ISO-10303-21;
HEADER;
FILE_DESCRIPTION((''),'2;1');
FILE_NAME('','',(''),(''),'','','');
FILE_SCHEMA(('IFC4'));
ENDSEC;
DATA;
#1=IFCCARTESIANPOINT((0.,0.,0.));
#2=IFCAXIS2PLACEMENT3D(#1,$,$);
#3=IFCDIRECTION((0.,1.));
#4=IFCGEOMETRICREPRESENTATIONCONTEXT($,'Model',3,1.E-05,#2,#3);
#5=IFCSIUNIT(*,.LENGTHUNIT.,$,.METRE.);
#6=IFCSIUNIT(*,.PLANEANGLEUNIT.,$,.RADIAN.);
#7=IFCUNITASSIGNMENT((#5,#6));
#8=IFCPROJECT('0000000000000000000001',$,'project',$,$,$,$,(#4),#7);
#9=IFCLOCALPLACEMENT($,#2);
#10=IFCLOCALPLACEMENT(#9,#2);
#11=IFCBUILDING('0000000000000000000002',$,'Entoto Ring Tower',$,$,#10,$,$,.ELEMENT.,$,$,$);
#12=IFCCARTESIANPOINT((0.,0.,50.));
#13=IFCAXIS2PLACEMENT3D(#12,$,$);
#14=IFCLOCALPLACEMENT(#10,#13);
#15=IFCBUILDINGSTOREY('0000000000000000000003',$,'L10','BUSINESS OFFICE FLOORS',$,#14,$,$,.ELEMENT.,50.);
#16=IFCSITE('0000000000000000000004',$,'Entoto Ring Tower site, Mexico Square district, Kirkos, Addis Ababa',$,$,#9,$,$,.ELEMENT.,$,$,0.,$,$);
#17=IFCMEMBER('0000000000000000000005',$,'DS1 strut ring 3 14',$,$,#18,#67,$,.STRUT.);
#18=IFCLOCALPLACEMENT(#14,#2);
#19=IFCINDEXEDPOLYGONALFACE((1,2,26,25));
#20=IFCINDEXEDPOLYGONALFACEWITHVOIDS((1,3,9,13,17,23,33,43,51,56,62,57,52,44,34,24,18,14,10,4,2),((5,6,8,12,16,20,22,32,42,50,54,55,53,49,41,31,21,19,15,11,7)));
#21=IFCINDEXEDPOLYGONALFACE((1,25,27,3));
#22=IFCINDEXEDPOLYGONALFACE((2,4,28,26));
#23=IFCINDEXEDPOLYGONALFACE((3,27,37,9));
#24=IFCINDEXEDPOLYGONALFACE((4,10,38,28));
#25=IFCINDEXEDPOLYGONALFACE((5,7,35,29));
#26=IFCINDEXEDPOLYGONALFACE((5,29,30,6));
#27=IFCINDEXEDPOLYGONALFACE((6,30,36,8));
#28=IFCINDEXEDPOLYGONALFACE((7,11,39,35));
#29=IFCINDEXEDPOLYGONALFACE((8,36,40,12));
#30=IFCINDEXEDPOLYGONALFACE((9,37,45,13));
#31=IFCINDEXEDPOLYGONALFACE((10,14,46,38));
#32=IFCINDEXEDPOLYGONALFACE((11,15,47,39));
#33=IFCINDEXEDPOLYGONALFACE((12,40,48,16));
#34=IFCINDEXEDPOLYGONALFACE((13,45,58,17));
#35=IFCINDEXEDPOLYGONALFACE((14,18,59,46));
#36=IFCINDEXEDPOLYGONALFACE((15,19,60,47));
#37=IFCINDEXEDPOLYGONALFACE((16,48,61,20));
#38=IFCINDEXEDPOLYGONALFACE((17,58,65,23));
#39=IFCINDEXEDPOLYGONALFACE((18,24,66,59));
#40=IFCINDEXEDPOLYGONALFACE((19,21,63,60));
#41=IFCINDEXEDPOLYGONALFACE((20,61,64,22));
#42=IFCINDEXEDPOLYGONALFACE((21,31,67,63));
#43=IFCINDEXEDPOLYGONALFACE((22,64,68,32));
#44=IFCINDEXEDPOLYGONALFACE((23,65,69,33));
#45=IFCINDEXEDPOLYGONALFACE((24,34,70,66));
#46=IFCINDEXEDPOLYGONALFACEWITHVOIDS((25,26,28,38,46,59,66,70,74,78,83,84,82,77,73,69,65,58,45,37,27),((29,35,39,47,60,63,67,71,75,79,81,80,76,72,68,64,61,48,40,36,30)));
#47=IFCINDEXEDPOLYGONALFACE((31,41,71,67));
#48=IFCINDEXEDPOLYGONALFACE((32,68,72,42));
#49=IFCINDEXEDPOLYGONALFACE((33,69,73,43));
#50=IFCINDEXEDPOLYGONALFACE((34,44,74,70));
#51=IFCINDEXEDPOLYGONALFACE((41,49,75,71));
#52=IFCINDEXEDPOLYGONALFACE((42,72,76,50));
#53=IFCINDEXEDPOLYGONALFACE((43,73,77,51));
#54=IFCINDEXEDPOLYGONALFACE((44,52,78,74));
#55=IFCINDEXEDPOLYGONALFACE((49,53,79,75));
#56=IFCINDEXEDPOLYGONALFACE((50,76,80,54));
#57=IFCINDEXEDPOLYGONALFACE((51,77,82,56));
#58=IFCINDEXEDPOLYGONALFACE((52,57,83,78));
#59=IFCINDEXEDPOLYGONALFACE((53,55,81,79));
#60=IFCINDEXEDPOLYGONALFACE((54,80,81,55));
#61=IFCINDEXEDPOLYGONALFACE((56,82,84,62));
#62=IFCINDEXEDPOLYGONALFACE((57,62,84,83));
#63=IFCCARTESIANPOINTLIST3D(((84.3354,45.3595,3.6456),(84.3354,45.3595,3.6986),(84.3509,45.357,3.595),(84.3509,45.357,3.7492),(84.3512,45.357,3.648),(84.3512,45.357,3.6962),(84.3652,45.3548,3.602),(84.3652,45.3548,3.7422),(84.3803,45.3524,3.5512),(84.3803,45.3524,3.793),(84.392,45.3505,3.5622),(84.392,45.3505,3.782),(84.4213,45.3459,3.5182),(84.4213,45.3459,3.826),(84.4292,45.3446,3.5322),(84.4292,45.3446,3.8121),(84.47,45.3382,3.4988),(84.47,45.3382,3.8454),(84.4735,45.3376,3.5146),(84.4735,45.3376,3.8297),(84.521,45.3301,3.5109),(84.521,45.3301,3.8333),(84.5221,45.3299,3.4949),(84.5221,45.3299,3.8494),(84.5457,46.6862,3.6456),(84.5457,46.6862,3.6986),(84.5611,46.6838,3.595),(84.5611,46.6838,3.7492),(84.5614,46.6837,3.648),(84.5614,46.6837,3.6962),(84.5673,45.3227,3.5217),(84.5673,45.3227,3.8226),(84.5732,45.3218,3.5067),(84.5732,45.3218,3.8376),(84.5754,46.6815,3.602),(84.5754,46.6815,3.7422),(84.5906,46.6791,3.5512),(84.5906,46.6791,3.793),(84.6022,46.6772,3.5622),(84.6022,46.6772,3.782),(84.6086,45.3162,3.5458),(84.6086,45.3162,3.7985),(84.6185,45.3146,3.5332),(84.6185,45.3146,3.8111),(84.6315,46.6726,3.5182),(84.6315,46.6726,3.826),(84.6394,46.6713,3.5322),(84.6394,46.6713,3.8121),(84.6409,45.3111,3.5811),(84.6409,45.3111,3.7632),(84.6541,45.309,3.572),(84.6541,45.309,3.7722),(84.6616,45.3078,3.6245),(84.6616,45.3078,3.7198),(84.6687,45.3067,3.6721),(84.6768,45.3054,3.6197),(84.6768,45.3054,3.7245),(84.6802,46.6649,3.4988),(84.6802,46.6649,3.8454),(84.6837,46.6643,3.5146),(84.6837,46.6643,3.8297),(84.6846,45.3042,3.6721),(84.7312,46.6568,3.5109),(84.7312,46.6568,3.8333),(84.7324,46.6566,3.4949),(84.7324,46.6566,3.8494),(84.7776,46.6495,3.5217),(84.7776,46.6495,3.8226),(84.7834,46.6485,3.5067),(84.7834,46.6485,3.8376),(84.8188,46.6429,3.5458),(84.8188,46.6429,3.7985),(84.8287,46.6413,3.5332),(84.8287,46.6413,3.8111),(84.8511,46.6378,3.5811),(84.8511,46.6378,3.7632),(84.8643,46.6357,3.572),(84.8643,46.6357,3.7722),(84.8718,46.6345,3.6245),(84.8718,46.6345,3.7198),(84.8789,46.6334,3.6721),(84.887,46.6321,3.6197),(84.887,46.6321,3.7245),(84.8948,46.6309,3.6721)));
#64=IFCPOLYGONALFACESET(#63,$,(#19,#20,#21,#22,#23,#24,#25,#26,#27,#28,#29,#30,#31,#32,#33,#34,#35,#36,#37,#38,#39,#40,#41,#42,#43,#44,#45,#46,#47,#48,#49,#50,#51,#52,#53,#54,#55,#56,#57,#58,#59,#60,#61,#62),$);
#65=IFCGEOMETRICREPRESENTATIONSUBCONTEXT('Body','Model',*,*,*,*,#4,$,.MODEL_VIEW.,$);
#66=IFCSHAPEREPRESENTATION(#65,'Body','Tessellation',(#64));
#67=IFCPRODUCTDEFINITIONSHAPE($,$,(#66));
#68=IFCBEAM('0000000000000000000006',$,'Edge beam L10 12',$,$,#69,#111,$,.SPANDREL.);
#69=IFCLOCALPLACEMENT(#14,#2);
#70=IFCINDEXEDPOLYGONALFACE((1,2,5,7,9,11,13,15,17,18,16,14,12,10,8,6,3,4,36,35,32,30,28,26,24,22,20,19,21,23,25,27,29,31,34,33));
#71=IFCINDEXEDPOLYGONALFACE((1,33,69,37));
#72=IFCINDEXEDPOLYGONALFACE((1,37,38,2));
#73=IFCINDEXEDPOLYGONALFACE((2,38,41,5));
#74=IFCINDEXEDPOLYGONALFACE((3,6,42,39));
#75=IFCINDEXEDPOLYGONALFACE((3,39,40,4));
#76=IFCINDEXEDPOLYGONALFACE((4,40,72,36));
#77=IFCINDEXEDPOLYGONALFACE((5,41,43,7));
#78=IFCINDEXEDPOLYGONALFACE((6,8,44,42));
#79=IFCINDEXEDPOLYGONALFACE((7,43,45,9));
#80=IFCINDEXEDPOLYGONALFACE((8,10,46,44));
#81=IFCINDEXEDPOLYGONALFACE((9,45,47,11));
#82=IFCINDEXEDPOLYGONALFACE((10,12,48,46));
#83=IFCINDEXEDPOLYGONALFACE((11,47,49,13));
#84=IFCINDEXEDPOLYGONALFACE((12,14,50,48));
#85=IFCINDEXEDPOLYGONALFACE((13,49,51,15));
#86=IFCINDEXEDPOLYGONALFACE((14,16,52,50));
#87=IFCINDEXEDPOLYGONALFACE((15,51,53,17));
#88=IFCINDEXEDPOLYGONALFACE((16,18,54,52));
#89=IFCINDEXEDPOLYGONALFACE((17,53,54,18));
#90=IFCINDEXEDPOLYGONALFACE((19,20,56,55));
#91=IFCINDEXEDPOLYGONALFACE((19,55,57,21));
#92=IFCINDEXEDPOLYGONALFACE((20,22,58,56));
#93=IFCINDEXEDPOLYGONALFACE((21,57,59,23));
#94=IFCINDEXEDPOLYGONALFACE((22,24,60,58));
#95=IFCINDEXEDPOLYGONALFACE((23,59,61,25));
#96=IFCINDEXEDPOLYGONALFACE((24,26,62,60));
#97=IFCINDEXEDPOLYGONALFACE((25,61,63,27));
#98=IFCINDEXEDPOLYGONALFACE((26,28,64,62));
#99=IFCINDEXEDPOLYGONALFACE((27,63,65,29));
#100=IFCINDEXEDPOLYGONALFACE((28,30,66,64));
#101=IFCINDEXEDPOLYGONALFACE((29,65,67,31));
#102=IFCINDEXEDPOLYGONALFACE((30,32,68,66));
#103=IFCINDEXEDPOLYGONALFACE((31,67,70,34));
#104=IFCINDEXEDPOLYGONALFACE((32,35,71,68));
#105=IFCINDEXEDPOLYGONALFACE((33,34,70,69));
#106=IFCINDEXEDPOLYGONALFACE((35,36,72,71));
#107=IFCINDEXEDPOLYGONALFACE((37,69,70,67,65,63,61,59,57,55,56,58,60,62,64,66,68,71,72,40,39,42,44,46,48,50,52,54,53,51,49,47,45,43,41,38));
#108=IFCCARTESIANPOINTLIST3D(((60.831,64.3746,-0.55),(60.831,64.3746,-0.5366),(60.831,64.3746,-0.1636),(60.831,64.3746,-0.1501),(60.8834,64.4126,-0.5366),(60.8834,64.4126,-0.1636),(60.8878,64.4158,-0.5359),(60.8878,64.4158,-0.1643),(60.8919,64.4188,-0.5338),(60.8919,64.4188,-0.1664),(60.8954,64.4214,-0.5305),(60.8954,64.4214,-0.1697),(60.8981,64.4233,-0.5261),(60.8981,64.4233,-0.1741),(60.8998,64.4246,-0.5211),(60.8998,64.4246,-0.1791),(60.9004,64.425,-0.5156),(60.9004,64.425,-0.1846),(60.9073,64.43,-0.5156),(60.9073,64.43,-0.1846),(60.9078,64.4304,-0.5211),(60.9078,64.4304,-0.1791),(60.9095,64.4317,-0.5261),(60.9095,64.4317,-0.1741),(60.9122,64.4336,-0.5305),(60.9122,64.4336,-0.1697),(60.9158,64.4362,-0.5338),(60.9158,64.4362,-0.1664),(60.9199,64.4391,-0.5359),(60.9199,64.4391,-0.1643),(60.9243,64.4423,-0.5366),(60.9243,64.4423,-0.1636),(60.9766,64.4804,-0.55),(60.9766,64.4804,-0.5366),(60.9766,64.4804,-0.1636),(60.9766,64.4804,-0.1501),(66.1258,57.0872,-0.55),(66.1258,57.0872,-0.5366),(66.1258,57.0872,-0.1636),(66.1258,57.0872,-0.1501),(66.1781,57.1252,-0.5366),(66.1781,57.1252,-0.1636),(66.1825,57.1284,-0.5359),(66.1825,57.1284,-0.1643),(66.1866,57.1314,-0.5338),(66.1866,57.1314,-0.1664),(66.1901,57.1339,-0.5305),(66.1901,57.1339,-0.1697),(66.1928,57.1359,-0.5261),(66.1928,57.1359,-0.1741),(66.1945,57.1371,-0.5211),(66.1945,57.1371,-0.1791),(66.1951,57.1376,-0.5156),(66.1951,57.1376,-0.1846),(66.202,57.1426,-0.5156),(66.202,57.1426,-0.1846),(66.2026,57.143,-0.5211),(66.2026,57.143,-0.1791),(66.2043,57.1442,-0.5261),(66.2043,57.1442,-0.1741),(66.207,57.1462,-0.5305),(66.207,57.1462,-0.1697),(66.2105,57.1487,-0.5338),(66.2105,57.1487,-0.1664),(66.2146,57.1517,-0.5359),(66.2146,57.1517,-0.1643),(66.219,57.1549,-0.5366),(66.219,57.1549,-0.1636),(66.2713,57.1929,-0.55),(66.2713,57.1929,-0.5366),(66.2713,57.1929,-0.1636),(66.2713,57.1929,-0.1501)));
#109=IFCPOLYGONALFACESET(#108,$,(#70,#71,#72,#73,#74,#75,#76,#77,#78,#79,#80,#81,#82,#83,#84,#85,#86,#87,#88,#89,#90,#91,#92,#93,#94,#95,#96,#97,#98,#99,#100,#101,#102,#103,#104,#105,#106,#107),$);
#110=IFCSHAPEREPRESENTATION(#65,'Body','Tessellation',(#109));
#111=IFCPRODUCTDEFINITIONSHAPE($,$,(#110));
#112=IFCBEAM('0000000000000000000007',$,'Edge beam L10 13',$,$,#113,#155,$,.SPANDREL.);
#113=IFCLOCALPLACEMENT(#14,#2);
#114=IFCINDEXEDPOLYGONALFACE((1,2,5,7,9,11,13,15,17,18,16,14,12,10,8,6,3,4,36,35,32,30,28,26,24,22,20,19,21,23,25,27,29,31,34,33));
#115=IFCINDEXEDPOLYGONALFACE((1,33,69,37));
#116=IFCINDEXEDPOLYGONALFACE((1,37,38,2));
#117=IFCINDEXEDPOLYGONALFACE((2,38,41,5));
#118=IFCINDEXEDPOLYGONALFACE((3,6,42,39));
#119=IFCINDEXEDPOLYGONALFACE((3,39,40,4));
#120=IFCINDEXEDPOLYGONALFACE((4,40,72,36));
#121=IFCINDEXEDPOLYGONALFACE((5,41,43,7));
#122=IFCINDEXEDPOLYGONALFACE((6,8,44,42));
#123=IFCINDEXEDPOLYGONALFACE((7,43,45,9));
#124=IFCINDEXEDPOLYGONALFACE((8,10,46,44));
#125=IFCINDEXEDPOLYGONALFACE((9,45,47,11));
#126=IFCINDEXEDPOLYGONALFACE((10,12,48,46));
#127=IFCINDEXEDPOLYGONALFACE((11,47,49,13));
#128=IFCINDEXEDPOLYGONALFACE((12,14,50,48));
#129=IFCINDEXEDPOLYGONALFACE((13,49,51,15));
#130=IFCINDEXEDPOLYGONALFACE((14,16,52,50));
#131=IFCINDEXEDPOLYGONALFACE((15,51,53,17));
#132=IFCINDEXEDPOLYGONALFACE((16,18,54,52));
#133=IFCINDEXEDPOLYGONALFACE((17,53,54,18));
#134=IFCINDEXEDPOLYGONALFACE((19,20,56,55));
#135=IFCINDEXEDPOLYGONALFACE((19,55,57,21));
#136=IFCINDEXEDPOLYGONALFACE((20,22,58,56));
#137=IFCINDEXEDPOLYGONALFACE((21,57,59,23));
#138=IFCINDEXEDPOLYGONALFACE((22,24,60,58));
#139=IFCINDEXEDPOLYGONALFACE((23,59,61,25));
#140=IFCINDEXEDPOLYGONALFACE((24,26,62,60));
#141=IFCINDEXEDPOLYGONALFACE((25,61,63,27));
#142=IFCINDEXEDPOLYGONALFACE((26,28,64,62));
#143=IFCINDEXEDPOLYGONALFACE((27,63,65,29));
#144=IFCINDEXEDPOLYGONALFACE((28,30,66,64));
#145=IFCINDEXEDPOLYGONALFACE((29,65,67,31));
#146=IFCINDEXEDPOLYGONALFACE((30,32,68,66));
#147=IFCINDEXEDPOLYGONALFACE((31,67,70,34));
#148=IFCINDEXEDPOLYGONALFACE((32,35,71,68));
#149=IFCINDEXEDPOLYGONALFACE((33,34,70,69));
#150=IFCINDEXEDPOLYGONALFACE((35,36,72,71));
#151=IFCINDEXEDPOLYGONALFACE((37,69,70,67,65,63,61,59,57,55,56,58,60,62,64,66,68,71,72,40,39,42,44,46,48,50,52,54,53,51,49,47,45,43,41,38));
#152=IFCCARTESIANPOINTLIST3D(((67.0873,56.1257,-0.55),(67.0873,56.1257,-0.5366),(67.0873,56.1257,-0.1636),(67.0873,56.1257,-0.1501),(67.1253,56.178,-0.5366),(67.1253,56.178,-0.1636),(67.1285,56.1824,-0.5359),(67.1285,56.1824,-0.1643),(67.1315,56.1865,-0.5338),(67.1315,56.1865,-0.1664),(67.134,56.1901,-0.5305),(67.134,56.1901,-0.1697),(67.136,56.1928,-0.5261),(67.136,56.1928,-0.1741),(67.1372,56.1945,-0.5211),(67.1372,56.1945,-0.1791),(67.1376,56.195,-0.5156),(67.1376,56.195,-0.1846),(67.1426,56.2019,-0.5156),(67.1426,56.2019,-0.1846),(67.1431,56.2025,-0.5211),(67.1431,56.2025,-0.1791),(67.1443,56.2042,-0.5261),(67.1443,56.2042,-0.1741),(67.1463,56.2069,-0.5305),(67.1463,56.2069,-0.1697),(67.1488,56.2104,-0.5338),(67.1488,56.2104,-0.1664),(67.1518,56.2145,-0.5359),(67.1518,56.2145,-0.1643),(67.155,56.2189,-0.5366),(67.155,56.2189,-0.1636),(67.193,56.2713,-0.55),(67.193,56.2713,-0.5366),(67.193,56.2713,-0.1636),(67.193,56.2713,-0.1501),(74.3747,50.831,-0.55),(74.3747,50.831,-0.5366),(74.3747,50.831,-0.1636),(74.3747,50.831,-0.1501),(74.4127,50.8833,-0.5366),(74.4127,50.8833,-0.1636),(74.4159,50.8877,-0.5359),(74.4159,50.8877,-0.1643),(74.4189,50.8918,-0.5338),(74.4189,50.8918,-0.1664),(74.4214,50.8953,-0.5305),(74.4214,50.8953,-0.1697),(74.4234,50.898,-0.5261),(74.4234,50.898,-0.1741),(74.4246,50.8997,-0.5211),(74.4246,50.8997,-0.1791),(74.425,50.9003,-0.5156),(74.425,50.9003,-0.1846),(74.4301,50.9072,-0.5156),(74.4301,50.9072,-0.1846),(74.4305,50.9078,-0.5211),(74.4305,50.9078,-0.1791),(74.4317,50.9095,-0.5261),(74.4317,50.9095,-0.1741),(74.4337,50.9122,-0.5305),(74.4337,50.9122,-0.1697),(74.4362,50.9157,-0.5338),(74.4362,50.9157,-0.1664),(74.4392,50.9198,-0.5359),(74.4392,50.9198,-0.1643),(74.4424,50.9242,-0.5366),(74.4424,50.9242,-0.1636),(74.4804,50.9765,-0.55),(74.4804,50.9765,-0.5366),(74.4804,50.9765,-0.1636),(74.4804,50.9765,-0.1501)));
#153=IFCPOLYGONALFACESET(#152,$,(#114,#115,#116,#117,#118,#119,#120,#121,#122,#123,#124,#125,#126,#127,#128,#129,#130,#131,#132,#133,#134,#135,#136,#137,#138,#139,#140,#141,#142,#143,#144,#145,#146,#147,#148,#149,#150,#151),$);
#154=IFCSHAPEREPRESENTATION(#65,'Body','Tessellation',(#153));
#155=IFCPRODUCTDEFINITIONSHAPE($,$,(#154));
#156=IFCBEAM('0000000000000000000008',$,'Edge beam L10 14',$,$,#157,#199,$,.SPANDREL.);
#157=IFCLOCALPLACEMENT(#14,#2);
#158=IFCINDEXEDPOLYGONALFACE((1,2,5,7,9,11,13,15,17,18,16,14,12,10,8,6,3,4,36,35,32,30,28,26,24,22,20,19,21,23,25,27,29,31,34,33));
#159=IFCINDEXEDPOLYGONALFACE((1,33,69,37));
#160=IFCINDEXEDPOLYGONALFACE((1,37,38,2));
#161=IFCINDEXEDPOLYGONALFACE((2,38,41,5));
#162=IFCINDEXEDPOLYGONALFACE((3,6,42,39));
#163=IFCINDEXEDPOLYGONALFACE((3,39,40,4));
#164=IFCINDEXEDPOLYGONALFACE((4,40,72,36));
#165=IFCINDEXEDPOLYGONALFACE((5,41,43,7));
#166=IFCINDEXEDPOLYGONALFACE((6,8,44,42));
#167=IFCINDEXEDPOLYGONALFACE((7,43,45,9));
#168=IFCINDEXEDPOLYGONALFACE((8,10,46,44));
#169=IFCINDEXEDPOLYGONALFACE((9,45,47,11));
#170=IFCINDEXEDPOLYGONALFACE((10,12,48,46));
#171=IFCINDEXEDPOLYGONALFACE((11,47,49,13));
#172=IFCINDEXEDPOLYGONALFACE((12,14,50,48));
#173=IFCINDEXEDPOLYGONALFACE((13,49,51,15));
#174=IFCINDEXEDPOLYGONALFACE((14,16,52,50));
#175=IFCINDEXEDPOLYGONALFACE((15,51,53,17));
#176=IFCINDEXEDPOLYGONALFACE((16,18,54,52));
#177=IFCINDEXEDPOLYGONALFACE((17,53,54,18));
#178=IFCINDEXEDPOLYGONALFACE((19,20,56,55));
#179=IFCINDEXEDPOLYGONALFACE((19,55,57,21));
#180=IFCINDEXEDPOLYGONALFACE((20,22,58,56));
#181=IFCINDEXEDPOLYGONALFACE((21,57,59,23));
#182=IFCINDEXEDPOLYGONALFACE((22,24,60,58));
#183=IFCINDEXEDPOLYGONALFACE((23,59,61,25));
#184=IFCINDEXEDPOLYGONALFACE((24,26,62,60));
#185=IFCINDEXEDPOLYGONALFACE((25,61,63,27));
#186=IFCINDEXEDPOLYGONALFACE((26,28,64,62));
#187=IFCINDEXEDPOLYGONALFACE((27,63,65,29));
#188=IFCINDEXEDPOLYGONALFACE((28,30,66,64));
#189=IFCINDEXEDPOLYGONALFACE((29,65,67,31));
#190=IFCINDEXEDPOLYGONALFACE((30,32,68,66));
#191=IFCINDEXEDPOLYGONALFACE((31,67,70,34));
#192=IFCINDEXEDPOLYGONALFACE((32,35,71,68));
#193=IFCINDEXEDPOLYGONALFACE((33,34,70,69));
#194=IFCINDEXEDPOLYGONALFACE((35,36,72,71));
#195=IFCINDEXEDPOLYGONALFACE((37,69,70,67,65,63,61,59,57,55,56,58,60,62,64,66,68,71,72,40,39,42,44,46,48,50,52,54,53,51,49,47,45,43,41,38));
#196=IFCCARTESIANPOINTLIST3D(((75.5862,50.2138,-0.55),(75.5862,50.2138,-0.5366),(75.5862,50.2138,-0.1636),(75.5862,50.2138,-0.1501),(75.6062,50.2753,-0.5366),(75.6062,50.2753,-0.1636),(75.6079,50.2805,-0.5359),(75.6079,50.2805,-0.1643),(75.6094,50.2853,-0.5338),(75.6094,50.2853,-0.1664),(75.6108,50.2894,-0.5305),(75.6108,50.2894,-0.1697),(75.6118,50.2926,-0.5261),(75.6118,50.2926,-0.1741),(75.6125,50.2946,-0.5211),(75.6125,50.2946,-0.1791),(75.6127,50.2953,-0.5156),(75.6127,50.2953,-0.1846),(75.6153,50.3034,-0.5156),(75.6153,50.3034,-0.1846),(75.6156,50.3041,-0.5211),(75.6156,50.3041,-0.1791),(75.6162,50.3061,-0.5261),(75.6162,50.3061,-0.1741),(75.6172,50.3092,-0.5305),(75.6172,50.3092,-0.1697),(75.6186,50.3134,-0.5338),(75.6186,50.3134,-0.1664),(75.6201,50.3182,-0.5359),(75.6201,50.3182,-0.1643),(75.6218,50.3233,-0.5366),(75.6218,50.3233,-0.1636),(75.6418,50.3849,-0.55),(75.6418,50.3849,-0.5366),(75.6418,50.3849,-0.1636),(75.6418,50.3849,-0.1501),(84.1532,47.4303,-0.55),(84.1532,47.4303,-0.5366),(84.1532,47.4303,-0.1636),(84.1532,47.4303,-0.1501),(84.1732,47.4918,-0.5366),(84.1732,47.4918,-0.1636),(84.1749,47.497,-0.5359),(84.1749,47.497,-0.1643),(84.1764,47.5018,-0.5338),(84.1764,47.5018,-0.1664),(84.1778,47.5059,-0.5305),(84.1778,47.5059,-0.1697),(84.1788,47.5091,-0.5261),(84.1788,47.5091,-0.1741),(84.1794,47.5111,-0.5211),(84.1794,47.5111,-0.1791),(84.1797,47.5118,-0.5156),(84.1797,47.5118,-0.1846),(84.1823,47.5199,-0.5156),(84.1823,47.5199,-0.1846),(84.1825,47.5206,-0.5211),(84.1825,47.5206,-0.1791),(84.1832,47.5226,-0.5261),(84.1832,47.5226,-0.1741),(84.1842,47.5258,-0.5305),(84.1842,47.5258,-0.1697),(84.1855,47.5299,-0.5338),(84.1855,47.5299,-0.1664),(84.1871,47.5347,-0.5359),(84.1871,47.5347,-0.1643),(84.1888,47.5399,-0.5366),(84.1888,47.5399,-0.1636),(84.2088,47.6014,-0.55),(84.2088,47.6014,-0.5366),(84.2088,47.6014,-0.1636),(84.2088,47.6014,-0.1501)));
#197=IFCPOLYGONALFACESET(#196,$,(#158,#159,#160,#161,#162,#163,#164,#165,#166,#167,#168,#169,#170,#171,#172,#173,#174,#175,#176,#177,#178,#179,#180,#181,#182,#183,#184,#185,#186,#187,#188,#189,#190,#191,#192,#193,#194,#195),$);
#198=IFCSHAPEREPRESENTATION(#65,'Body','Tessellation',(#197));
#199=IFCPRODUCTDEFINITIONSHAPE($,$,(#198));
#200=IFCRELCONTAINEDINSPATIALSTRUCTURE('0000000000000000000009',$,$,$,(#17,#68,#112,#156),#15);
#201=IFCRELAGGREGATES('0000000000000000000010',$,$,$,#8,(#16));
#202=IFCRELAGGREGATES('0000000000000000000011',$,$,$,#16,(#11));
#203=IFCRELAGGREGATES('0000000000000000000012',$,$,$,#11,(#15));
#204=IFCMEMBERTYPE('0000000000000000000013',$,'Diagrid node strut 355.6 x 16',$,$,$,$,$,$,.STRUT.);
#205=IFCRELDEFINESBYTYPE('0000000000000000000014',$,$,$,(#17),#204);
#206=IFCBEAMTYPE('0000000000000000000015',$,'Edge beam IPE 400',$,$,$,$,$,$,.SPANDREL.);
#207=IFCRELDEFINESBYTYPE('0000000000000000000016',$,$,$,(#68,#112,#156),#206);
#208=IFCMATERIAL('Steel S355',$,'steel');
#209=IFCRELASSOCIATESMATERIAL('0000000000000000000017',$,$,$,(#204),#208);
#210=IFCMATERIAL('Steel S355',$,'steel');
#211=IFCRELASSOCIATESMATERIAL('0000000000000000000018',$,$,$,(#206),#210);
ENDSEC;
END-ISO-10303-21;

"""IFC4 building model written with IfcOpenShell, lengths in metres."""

from ifc_helpers import new_model, si_unit, direction, frame, origin, origin_2d, place, context, subcontext, project, spatial, circle, hollow_circle, i_section, extrude, material, material_profile, profile_set, type_object, element, save


model = new_model("IFC4")

# Units and contexts
model_context = context("Model", 3, precision=1e-05, world=origin(), true_north=direction((0.0, 1.0)))
body_context = subcontext(model_context, "Body", "Model", "MODEL_VIEW")
ifc_project = project(units=[si_unit("LENGTHUNIT", "METRE"), si_unit("PLANEANGLEUNIT", "RADIAN")], contexts=[model_context])

# Site, building, storey
site_placement = place(None, origin())
site = spatial("IfcSite", under=ifc_project, at=site_placement, Name="Entoto Ring Tower site, Mexico Square district, Kirkos, Addis Ababa", CompositionType="ELEMENT", RefElevation=0.0)
building_placement = place(site_placement, origin())
building = spatial("IfcBuilding", under=site, at=building_placement, Name="Entoto Ring Tower", CompositionType="ELEMENT")
storey_placement = place(building_placement, frame((0.0, 0.0, 50.0)))
storey = spatial("IfcBuildingStorey", under=building, at=storey_placement, Name="L10", Description="BUSINESS OFFICE FLOORS", CompositionType="ELEMENT", Elevation=50.0)

# Member
ifc_material_1 = material(Name="Steel S355", Category="steel")
ifc_material_profile_1 = material_profile(ifc_material_1, hollow_circle(Radius=0.1777, WallThickness=0.0161, at=origin_2d()), Name="CHS 355.6 x 16")
ifc_material_2 = material(Name="Concrete C60/75", Category="concrete")
ifc_material_profile_2 = material_profile(ifc_material_2, circle(Radius=0.1619, at=origin_2d()), Name="Concrete C60/75 infill")
ifc_profile_set_1 = profile_set([ifc_material_profile_1, ifc_material_profile_2], Name="Steel S355")
member_type = type_object("IfcMemberType", Name="Diagrid node strut 355.6 x 16", PredefinedType="STRUT", material=ifc_profile_set_1)
member_1_placement = place(storey_placement, frame((84.7192, 46.6587, 3.6721), z_axis=(-0.156495, -0.987679, 0.0), x_axis=(0.987679, -0.156495, 0.0)))
element("IfcMember", 1, at=member_1_placement, inside=storey, type_object=member_type, Name="DS1 strut ring 3 14", PredefinedType="STRUT", context=body_context, shape_type="SweptSolid", body=[
    extrude(hollow_circle(Radius=0.1777, WallThickness=0.0161, at=origin_2d()), origin(), (0.0, 0.0, 1.0), 1.3433),
])

# Beams
ifc_material_3 = material(Name="Steel S355", Category="steel")
ifc_material_profile_3 = material_profile(ifc_material_3, i_section(OverallWidth=0.1799, OverallDepth=0.3999, WebThickness=0.0085, FlangeThickness=0.0134, FilletRadius=0.021, at=origin_2d()), Name="IPE 400")
ifc_profile_set_2 = profile_set([ifc_material_profile_3], Name="Steel S355")
beam_type_1 = type_object("IfcBeamType", Name="Edge beam IPE 400", PredefinedType="SPANDREL", material=ifc_profile_set_2)
for number, where, z_axis, x_axis, name in (
    (2, (60.9038, 64.4275, -0.3501), (0.587793, -0.809011, 0.0), (0.809011, 0.587793, 0.0), "Edge beam L10 12"),
    (3, (67.1401, 56.1985, -0.3501), (0.809011, -0.587793, 0.0), (0.587793, 0.809011, 0.0), "Edge beam L10 13"),
    (4, (75.614, 50.2993, -0.3501), (0.95106, -0.309006, 0.0), (0.309006, 0.95106, 0.0), "Edge beam L10 14"),
):
    element("IfcBeam", number, at=place(storey_placement, frame(where, z_axis=z_axis, x_axis=x_axis)), inside=storey, type_object=beam_type_1, Name=name, PredefinedType="SPANDREL", context=body_context, shape_type="SweptSolid", body=[
        extrude(i_section(OverallWidth=0.1799, OverallDepth=0.3999, WebThickness=0.0085, FlangeThickness=0.0134, FilletRadius=0.021, at=origin_2d()), origin(), (0.0, 0.0, 1.0), 9.0078),
    ])

save(model, "model.ifc")
